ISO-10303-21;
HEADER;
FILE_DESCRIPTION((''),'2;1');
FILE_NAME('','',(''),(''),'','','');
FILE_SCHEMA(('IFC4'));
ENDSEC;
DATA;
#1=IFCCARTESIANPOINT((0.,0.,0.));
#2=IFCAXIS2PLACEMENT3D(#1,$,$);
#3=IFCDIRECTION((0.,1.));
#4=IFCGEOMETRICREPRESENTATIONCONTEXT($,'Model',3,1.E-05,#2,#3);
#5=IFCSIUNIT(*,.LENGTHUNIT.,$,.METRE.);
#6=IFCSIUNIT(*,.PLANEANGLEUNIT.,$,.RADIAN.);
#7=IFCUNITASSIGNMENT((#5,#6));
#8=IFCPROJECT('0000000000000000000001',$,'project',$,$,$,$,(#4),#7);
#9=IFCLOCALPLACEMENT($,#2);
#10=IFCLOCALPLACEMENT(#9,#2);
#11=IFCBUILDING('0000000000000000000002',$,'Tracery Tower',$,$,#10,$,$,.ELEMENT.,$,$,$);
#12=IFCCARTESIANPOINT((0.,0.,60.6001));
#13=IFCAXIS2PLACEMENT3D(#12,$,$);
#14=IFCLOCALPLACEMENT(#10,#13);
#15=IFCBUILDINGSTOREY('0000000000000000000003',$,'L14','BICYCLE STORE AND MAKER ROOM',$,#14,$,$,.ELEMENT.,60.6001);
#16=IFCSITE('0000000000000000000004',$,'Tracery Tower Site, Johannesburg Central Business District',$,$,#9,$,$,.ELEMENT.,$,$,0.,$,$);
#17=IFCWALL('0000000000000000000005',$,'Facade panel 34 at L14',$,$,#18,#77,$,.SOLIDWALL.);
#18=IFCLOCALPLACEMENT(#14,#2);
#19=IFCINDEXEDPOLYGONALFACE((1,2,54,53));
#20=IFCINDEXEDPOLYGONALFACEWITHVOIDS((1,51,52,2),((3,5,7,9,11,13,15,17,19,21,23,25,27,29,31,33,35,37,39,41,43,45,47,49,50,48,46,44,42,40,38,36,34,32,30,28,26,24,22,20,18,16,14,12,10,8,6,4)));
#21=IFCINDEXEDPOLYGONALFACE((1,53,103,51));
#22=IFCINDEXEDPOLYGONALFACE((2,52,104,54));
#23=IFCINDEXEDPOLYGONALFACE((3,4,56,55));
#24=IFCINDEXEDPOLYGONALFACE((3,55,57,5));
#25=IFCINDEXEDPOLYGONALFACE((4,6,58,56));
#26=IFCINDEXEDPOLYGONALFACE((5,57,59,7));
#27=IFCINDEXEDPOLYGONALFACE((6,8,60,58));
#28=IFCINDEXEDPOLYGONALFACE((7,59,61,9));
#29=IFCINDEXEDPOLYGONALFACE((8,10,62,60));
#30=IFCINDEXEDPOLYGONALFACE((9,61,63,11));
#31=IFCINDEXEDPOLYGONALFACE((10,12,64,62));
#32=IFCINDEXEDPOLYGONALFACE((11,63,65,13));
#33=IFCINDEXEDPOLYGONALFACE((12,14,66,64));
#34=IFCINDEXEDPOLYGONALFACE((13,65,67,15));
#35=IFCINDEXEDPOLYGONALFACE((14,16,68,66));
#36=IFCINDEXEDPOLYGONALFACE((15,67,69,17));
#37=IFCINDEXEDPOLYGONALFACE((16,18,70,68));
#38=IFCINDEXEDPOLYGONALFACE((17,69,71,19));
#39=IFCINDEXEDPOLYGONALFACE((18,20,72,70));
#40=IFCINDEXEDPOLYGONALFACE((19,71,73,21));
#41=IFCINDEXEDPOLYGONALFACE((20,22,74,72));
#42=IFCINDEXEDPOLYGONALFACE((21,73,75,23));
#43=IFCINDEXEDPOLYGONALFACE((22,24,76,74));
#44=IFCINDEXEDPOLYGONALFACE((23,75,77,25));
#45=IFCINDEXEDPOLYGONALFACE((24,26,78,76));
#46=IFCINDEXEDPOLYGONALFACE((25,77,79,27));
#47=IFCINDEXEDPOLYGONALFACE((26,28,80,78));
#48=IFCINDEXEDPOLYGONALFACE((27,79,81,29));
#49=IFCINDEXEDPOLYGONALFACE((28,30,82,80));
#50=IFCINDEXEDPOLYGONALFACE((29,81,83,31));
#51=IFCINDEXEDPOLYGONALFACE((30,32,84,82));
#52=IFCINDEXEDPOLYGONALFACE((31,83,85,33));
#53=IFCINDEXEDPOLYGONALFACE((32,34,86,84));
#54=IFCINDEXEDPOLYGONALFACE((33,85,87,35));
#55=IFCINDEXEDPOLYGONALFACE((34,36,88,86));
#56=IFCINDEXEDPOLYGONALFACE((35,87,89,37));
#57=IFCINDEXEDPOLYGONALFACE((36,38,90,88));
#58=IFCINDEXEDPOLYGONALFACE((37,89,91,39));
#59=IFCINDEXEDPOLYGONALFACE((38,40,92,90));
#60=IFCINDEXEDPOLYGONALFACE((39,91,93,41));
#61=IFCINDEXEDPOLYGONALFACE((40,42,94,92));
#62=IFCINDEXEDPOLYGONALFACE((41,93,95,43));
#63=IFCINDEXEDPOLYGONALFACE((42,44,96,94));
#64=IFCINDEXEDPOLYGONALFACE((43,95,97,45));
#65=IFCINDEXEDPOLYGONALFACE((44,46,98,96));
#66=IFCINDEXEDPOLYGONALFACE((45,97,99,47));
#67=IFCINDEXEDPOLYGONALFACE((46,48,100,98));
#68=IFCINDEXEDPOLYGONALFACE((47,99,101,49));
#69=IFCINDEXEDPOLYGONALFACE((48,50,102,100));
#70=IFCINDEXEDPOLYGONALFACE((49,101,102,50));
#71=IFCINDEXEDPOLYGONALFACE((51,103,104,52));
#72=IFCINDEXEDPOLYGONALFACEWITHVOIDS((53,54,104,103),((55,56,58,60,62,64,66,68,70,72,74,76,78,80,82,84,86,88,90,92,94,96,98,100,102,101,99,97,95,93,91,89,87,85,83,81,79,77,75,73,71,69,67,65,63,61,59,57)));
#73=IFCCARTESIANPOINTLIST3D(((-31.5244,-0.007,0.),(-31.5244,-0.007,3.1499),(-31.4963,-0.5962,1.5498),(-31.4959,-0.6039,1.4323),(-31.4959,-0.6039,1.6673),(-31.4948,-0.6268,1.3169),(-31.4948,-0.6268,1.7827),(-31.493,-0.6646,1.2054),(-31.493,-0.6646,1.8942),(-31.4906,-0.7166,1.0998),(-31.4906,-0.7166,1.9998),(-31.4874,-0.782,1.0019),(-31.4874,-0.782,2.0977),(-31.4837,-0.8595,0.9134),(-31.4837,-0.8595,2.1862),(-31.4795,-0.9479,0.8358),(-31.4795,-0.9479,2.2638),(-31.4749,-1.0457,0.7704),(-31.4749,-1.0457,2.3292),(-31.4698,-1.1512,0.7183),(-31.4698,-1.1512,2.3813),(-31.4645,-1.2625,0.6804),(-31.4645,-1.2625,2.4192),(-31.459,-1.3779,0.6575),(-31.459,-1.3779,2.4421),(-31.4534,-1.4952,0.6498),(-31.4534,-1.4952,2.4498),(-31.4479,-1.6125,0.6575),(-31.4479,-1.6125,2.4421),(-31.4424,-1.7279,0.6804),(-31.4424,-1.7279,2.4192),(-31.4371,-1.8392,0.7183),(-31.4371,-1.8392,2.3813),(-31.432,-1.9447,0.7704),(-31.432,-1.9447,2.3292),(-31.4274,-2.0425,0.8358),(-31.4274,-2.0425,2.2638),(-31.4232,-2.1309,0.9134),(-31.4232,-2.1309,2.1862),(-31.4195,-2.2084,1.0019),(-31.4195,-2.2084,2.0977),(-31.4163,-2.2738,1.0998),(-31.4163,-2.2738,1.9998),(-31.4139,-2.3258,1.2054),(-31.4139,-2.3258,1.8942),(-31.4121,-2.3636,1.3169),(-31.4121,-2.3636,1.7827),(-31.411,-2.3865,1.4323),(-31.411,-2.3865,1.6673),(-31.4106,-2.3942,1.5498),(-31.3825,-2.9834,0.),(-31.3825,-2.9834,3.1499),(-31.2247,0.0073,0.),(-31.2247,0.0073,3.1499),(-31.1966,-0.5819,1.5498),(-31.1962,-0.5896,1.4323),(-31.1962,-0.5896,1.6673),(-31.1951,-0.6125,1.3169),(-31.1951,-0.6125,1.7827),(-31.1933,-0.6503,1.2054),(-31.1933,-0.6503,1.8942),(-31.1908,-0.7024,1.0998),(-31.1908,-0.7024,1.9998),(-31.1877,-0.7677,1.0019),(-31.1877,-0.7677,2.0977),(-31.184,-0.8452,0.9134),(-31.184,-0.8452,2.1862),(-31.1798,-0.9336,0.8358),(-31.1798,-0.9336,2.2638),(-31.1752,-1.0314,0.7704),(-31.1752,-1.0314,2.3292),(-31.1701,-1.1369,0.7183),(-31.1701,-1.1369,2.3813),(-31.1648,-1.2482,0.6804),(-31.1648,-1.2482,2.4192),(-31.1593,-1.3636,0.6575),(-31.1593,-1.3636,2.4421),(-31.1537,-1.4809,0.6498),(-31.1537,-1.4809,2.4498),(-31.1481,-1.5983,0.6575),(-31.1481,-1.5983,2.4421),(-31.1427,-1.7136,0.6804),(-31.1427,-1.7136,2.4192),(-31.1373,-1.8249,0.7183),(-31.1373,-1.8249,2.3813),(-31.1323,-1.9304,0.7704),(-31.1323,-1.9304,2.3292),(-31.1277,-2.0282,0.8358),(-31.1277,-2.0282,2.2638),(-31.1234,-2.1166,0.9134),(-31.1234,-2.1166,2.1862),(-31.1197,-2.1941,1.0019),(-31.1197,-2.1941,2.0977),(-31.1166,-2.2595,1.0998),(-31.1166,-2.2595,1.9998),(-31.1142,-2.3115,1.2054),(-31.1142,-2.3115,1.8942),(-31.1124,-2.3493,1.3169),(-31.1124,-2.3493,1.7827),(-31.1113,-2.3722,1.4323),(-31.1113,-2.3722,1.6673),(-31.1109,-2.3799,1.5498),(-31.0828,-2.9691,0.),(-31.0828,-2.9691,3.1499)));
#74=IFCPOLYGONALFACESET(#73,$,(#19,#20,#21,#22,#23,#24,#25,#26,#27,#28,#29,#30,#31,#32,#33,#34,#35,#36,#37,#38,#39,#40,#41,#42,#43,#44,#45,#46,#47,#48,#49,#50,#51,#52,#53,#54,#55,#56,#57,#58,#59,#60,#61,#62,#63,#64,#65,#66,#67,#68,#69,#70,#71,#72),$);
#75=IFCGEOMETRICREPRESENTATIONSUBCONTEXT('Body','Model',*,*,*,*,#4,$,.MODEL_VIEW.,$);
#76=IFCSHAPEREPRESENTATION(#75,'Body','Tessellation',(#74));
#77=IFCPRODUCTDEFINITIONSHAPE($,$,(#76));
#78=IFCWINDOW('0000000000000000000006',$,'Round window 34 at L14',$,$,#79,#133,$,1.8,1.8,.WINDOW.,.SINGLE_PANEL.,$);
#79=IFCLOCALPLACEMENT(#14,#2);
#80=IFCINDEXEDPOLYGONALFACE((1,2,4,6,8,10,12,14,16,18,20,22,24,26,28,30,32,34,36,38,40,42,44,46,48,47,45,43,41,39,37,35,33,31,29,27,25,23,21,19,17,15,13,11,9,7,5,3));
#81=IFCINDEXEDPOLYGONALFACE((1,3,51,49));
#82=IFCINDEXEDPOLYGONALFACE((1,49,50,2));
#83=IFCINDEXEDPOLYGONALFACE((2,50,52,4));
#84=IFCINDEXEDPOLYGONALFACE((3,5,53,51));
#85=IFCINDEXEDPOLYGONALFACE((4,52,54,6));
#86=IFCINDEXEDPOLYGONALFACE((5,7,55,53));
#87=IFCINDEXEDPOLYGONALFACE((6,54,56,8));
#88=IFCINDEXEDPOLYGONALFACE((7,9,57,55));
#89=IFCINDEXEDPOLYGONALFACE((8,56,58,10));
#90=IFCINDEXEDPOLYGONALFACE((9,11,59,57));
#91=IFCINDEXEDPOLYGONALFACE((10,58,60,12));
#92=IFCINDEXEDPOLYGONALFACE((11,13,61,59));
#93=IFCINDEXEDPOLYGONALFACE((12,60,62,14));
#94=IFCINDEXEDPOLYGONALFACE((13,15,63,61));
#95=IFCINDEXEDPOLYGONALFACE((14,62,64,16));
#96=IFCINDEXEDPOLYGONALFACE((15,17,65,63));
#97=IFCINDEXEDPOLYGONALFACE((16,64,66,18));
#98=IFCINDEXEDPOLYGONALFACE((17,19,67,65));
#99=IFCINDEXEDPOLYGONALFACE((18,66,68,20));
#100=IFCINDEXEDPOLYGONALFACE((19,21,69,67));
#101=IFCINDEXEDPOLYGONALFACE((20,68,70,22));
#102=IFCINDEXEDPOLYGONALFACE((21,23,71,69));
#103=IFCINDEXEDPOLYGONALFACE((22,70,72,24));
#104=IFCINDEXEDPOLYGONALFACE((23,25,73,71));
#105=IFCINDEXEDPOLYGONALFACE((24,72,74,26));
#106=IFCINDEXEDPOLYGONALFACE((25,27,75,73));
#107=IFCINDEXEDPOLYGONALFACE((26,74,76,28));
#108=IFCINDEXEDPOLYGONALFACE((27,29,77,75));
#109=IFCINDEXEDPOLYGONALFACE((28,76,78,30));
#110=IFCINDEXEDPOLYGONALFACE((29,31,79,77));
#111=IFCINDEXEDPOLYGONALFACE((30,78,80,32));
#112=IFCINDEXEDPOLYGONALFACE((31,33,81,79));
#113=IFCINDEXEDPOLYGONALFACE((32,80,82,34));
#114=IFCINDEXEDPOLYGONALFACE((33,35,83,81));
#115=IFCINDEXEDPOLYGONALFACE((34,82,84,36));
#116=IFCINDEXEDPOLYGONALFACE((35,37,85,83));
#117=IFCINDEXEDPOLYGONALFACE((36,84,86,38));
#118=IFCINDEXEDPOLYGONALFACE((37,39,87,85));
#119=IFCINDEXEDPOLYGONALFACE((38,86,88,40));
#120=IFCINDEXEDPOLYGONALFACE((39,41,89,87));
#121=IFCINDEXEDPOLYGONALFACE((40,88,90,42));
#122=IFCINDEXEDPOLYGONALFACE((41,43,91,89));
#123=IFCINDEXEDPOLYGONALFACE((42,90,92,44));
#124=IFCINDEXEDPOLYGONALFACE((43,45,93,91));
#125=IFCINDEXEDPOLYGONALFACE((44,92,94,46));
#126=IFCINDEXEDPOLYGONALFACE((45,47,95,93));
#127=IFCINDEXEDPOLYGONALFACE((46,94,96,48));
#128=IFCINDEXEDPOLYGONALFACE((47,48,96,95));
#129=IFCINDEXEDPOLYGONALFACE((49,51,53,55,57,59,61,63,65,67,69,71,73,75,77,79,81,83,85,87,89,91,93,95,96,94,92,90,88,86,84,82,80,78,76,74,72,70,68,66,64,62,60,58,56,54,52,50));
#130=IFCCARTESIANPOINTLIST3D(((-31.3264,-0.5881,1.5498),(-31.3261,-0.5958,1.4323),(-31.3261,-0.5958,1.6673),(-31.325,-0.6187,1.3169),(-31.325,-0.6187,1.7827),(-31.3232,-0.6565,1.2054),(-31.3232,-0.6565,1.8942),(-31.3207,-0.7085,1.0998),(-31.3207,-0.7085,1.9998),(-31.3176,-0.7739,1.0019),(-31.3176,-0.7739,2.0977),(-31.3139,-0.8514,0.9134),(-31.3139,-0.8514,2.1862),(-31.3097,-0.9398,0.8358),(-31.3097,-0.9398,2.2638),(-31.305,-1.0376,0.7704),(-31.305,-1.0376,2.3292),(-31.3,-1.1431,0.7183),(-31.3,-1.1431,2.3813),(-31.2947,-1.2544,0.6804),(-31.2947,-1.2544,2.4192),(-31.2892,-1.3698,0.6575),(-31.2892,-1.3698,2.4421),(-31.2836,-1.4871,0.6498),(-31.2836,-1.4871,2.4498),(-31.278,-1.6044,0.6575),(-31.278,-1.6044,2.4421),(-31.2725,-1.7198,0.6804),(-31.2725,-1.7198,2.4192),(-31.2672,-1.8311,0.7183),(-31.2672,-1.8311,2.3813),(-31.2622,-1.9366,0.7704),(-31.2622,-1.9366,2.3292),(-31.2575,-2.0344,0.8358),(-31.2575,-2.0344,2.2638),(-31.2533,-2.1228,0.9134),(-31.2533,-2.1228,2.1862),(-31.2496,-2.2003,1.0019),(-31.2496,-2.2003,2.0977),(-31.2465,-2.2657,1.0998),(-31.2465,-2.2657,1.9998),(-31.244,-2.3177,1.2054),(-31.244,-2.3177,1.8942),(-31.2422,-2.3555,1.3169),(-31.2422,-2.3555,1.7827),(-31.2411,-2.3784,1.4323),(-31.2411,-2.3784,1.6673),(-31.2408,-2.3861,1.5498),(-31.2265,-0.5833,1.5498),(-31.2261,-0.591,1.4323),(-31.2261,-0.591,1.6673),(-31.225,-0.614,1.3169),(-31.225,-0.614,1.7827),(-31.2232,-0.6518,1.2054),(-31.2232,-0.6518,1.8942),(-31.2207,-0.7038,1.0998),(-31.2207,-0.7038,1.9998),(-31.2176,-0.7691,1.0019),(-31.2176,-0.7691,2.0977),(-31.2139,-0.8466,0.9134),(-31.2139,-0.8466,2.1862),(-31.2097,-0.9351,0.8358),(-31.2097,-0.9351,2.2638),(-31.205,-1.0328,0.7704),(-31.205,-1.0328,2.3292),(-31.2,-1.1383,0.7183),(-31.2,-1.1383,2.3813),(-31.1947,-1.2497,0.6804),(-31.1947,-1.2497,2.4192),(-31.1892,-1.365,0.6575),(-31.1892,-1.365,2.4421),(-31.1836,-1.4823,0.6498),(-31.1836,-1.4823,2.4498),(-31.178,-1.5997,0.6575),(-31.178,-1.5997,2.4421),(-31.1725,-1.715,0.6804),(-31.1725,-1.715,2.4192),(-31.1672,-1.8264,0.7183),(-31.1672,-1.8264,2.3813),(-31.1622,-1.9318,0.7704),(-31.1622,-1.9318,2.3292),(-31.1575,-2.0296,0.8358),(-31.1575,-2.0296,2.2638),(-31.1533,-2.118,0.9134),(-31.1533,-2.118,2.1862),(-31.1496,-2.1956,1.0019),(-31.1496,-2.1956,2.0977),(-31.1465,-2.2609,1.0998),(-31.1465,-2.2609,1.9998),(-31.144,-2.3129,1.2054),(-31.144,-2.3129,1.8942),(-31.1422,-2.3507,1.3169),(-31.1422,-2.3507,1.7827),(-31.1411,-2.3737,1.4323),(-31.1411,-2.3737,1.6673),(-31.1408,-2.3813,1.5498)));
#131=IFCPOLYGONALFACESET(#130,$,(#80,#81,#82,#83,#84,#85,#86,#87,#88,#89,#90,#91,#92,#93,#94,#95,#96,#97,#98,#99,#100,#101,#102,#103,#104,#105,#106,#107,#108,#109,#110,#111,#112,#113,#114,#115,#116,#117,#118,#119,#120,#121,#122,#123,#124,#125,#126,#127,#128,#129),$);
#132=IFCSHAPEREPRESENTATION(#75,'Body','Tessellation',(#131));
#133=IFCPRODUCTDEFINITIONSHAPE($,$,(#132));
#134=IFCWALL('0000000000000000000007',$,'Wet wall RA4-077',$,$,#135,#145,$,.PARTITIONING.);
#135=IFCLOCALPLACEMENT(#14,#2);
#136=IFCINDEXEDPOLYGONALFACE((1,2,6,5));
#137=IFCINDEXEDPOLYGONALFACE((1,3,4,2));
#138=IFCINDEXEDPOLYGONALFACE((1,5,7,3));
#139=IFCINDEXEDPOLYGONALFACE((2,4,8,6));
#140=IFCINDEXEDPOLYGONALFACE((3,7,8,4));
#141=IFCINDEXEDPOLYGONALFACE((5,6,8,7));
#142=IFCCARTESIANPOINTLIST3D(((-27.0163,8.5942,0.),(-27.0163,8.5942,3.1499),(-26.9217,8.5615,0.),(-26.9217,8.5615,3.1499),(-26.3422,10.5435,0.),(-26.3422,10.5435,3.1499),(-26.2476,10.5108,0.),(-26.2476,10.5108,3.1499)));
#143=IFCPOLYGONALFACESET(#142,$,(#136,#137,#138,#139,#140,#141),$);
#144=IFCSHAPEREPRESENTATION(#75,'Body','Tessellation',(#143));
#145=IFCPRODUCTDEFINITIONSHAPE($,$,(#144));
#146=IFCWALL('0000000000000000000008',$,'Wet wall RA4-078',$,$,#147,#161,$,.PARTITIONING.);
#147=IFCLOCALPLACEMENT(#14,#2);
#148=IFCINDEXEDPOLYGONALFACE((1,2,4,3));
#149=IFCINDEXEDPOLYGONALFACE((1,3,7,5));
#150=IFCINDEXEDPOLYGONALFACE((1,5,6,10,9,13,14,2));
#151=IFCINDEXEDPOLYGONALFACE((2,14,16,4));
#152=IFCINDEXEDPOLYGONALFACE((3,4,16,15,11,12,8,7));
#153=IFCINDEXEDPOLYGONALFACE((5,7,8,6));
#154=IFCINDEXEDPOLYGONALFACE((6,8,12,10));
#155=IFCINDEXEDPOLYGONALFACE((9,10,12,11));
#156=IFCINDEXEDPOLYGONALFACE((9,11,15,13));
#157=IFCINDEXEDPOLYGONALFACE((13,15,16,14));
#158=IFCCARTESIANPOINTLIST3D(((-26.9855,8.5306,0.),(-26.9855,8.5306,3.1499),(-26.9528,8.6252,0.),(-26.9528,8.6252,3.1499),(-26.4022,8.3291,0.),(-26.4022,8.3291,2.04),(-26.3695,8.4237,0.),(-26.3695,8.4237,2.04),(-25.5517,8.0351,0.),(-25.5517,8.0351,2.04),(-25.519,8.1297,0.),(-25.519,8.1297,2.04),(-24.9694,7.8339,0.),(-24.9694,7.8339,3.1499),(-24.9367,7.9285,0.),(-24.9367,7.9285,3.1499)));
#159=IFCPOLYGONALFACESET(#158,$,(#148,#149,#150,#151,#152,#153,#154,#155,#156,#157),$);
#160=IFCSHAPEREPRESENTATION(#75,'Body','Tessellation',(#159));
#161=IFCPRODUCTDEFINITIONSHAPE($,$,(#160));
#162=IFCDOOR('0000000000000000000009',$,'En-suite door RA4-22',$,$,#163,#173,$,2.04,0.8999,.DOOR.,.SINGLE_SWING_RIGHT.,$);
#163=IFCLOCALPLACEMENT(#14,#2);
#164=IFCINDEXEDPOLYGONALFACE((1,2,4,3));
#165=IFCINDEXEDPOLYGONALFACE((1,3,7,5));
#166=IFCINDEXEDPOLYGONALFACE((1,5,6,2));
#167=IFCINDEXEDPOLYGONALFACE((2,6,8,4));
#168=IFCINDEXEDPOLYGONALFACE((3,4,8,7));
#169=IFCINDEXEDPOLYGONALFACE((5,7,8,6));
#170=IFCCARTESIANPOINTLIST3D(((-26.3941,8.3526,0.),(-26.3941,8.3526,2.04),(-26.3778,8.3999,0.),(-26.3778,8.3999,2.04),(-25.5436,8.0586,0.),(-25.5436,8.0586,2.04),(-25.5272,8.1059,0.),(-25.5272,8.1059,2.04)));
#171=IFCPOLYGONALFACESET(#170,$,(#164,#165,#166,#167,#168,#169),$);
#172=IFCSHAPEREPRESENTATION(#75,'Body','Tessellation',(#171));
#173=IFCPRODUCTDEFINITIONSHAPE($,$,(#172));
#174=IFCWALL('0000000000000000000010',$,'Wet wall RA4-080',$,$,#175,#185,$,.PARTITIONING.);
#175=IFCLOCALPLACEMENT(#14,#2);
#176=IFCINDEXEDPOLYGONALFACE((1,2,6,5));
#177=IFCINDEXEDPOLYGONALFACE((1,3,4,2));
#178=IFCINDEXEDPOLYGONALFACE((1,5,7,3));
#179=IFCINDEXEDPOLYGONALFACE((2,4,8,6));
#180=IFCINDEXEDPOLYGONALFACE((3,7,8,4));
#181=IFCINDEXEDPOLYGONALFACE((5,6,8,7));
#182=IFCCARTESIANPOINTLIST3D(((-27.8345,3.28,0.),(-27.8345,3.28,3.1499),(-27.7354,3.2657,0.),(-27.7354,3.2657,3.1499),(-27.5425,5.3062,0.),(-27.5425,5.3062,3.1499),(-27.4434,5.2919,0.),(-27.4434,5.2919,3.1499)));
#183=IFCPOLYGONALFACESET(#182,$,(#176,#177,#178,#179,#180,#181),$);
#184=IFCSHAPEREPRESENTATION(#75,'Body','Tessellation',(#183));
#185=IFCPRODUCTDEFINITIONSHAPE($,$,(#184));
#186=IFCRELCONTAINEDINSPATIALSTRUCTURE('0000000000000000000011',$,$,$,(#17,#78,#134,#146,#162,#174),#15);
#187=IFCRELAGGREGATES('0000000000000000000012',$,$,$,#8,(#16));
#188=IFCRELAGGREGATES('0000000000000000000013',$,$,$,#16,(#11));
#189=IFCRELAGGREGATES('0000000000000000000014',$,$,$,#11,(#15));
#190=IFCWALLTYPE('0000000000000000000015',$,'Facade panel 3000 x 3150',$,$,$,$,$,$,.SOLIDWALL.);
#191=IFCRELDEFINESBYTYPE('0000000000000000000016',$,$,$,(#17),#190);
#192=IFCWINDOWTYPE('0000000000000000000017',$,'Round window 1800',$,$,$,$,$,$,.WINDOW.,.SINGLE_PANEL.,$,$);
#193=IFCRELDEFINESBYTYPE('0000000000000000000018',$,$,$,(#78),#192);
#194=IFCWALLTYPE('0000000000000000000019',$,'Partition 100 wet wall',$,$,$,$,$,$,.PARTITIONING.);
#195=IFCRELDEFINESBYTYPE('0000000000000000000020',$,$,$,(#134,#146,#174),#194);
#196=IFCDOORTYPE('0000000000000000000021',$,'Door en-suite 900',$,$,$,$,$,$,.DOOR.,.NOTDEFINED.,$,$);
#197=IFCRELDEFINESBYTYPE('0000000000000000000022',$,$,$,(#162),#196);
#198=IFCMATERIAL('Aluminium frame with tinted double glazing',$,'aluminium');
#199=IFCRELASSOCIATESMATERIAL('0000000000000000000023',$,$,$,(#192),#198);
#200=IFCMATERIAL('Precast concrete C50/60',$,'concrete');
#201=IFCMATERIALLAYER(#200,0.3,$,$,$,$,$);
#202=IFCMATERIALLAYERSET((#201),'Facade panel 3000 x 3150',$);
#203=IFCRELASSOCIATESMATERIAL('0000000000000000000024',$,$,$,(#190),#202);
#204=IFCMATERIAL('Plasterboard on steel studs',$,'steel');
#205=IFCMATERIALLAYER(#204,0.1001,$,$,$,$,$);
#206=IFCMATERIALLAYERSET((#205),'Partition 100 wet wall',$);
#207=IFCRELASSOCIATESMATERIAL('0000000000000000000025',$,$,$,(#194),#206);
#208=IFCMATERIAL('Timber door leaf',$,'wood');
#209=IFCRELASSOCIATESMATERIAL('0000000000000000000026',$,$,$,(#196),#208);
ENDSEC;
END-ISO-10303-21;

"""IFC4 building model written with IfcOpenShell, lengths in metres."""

from ifc_helpers import new_model, si_unit, direction, frame, frame_2d, origin, origin_2d, place, context, subcontext, project, spatial, rectangle, circle, extrude, material, layer, layer_set, type_object, element, fill, save


model = new_model("IFC4")

# Units and contexts
model_context = context("Model", 3, precision=1e-05, world=origin(), true_north=direction((0.0, 1.0)))
body_context = subcontext(model_context, "Body", "Model", "MODEL_VIEW")
ifc_project = project(units=[si_unit("LENGTHUNIT", "METRE"), si_unit("PLANEANGLEUNIT", "RADIAN")], contexts=[model_context])

# Site, building, storey
site_placement = place(None, origin())
site = spatial("IfcSite", under=ifc_project, at=site_placement, Name="Tracery Tower Site, Johannesburg Central Business District", CompositionType="ELEMENT", RefElevation=0.0)
building_placement = place(site_placement, origin())
building = spatial("IfcBuilding", under=site, at=building_placement, Name="Tracery Tower", CompositionType="ELEMENT")
storey_placement = place(building_placement, frame((0.0, 0.0, 60.6001)))
storey = spatial("IfcBuildingStorey", under=building, at=storey_placement, Name="L14", Description="BICYCLE STORE AND MAKER ROOM", CompositionType="ELEMENT", Elevation=60.6001)

# Wall, opening, window
ifc_material_1 = material(Name="Aluminium frame with tinted double glazing", Category="aluminium")
window_type = type_object("IfcWindowType", Name="Round window 1800", PartitioningType="SINGLE_PANEL", PredefinedType="WINDOW", material=ifc_material_1)
ifc_material_2 = material(Name="Precast concrete C50/60", Category="concrete")
ifc_layer_1 = layer(ifc_material_2, 0.3)
ifc_layer_set_1 = layer_set([ifc_layer_1], Name="Facade panel 3000 x 3150")
wall_type_1 = type_object("IfcWallType", Name="Facade panel 3000 x 3150", PredefinedType="SOLIDWALL", material=ifc_layer_set_1)
wall_1_placement = place(storey_placement, frame((-31.3745, 0.0, 0.0), z_axis=(0.0, 0.0, 1.0), x_axis=(0.047604, -0.998866, 0.0)))
wall_1 = element("IfcWall", 1, at=wall_1_placement, inside=storey, type_object=wall_type_1, Name="Facade panel 34 at L14", PredefinedType="SOLIDWALL", context=body_context, shape_type="SweptSolid", body=[
    extrude(rectangle(XDim=2.9797, YDim=0.3, at=frame_2d((1.4897, 0.0))), origin(), (0.0, 0.0, 1.0), 3.1499),
])
opening_1_placement = place(wall_1_placement, frame((1.4897, 0.0, 1.5498)))
opening_1 = element("IfcOpeningElement", 2, at=opening_1_placement, cuts=wall_1, PredefinedType="OPENING", context=body_context, shape_type="SweptSolid", body=[
    extrude(circle(Radius=0.9, at=origin_2d()), frame((0.0, 0.1599, 0.0), z_axis=(0.0, -1.0, 0.0), x_axis=(1.0, 0.0, 0.0)), (0.0, 0.0, 1.0), 0.3201),
])
window_1_placement = place(opening_1_placement, origin())
window_1 = element("IfcWindow", 3, at=window_1_placement, inside=storey, type_object=window_type, Name="Round window 34 at L14", OverallHeight=1.8, OverallWidth=1.8, PartitioningType="SINGLE_PANEL", PredefinedType="WINDOW", context=body_context, shape_type="SweptSolid", body=[
    extrude(circle(Radius=0.9, at=origin_2d()), frame((0.0, 0.1201, 0.0), z_axis=(0.0, -1.0, 0.0), x_axis=(1.0, 0.0, 0.0)), (0.0, 0.0, 1.0), 0.1001),
])
fill(opening_1, window_1)

# Wall
ifc_material_3 = material(Name="Plasterboard on steel studs", Category="steel")
ifc_layer_2 = layer(ifc_material_3, 0.1001)
ifc_layer_set_2 = layer_set([ifc_layer_2], Name="Partition 100 wet wall")
wall_type_2 = type_object("IfcWallType", Name="Partition 100 wet wall", PredefinedType="PARTITIONING", material=ifc_layer_set_2)
wall_2_placement = place(storey_placement, frame((-26.969, 8.5779, 0.0), z_axis=(0.0, 0.0, 1.0), x_axis=(0.326826, 0.945085, 0.0)))
element("IfcWall", 4, at=wall_2_placement, inside=storey, type_object=wall_type_2, Name="Wet wall RA4-077", PredefinedType="PARTITIONING", context=body_context, shape_type="SweptSolid", body=[
    extrude(rectangle(XDim=2.0625, YDim=0.1001, at=frame_2d((1.0312, 0.0))), origin(), (0.0, 0.0, 1.0), 3.1499),
])

# Wall, opening, door
wall_3_placement = place(storey_placement, frame((-26.969, 8.5779, 0.0), z_axis=(0.0, 0.0, 1.0), x_axis=(0.945147, -0.326647, 0.0)))
wall_3 = element("IfcWall", 5, at=wall_3_placement, inside=storey, type_object=wall_type_2, Name="Wet wall RA4-078", PredefinedType="PARTITIONING", context=body_context, shape_type="SweptSolid", body=[
    extrude(rectangle(XDim=2.1331, YDim=0.1001, at=frame_2d((1.0664, 0.0))), origin(), (0.0, 0.0, 1.0), 3.1499),
])
opening_2_placement = place(wall_3_placement, frame((0.6169, 0.0, 0.0)))
opening_2 = element("IfcOpeningElement", 6, at=opening_2_placement, cuts=wall_3, PredefinedType="OPENING", context=body_context, shape_type="SweptSolid", body=[
    extrude(rectangle(XDim=0.8999, YDim=2.04, at=frame_2d((0.45, 1.02))), frame((0.0, 0.05, 0.0), z_axis=(0.0, -1.0, 0.0), x_axis=(1.0, 0.0, 0.0)), (0.0, 0.0, 1.0), 0.1001),
])
ifc_material_4 = material(Name="Timber door leaf", Category="wood")
door_type_1 = type_object("IfcDoorType", Name="Door en-suite 900", OperationType="NOTDEFINED", PredefinedType="DOOR", material=ifc_material_4)
door_1_placement = place(opening_2_placement, origin())
door_1 = element("IfcDoor", 7, at=door_1_placement, inside=storey, type_object=door_type_1, Name="En-suite door RA4-22", OperationType="SINGLE_SWING_RIGHT", OverallHeight=2.04, OverallWidth=0.8999, PredefinedType="DOOR", context=body_context, shape_type="SweptSolid", body=[
    extrude(rectangle(XDim=0.8999, YDim=2.04, at=frame_2d((0.45, 1.02))), frame((0.0, 0.0249, 0.0), z_axis=(0.0, -1.0, 0.0), x_axis=(1.0, 0.0, 0.0)), (0.0, 0.0, 1.0), 0.05),
])
fill(opening_2, door_1)

# Wall
wall_4_placement = place(storey_placement, frame((-27.7849, 3.2729, 0.0), z_axis=(0.0, 0.0, 1.0), x_axis=(0.14264, 0.989775, 0.0)))
element("IfcWall", 8, at=wall_4_placement, inside=storey, type_object=wall_type_2, Name="Wet wall RA4-080", PredefinedType="PARTITIONING", context=body_context, shape_type="SweptSolid", body=[
    extrude(rectangle(XDim=2.0471, YDim=0.1001, at=frame_2d((1.0234, 0.0))), origin(), (0.0, 0.0, 1.0), 3.1499),
])

save(model, "model.ifc")
